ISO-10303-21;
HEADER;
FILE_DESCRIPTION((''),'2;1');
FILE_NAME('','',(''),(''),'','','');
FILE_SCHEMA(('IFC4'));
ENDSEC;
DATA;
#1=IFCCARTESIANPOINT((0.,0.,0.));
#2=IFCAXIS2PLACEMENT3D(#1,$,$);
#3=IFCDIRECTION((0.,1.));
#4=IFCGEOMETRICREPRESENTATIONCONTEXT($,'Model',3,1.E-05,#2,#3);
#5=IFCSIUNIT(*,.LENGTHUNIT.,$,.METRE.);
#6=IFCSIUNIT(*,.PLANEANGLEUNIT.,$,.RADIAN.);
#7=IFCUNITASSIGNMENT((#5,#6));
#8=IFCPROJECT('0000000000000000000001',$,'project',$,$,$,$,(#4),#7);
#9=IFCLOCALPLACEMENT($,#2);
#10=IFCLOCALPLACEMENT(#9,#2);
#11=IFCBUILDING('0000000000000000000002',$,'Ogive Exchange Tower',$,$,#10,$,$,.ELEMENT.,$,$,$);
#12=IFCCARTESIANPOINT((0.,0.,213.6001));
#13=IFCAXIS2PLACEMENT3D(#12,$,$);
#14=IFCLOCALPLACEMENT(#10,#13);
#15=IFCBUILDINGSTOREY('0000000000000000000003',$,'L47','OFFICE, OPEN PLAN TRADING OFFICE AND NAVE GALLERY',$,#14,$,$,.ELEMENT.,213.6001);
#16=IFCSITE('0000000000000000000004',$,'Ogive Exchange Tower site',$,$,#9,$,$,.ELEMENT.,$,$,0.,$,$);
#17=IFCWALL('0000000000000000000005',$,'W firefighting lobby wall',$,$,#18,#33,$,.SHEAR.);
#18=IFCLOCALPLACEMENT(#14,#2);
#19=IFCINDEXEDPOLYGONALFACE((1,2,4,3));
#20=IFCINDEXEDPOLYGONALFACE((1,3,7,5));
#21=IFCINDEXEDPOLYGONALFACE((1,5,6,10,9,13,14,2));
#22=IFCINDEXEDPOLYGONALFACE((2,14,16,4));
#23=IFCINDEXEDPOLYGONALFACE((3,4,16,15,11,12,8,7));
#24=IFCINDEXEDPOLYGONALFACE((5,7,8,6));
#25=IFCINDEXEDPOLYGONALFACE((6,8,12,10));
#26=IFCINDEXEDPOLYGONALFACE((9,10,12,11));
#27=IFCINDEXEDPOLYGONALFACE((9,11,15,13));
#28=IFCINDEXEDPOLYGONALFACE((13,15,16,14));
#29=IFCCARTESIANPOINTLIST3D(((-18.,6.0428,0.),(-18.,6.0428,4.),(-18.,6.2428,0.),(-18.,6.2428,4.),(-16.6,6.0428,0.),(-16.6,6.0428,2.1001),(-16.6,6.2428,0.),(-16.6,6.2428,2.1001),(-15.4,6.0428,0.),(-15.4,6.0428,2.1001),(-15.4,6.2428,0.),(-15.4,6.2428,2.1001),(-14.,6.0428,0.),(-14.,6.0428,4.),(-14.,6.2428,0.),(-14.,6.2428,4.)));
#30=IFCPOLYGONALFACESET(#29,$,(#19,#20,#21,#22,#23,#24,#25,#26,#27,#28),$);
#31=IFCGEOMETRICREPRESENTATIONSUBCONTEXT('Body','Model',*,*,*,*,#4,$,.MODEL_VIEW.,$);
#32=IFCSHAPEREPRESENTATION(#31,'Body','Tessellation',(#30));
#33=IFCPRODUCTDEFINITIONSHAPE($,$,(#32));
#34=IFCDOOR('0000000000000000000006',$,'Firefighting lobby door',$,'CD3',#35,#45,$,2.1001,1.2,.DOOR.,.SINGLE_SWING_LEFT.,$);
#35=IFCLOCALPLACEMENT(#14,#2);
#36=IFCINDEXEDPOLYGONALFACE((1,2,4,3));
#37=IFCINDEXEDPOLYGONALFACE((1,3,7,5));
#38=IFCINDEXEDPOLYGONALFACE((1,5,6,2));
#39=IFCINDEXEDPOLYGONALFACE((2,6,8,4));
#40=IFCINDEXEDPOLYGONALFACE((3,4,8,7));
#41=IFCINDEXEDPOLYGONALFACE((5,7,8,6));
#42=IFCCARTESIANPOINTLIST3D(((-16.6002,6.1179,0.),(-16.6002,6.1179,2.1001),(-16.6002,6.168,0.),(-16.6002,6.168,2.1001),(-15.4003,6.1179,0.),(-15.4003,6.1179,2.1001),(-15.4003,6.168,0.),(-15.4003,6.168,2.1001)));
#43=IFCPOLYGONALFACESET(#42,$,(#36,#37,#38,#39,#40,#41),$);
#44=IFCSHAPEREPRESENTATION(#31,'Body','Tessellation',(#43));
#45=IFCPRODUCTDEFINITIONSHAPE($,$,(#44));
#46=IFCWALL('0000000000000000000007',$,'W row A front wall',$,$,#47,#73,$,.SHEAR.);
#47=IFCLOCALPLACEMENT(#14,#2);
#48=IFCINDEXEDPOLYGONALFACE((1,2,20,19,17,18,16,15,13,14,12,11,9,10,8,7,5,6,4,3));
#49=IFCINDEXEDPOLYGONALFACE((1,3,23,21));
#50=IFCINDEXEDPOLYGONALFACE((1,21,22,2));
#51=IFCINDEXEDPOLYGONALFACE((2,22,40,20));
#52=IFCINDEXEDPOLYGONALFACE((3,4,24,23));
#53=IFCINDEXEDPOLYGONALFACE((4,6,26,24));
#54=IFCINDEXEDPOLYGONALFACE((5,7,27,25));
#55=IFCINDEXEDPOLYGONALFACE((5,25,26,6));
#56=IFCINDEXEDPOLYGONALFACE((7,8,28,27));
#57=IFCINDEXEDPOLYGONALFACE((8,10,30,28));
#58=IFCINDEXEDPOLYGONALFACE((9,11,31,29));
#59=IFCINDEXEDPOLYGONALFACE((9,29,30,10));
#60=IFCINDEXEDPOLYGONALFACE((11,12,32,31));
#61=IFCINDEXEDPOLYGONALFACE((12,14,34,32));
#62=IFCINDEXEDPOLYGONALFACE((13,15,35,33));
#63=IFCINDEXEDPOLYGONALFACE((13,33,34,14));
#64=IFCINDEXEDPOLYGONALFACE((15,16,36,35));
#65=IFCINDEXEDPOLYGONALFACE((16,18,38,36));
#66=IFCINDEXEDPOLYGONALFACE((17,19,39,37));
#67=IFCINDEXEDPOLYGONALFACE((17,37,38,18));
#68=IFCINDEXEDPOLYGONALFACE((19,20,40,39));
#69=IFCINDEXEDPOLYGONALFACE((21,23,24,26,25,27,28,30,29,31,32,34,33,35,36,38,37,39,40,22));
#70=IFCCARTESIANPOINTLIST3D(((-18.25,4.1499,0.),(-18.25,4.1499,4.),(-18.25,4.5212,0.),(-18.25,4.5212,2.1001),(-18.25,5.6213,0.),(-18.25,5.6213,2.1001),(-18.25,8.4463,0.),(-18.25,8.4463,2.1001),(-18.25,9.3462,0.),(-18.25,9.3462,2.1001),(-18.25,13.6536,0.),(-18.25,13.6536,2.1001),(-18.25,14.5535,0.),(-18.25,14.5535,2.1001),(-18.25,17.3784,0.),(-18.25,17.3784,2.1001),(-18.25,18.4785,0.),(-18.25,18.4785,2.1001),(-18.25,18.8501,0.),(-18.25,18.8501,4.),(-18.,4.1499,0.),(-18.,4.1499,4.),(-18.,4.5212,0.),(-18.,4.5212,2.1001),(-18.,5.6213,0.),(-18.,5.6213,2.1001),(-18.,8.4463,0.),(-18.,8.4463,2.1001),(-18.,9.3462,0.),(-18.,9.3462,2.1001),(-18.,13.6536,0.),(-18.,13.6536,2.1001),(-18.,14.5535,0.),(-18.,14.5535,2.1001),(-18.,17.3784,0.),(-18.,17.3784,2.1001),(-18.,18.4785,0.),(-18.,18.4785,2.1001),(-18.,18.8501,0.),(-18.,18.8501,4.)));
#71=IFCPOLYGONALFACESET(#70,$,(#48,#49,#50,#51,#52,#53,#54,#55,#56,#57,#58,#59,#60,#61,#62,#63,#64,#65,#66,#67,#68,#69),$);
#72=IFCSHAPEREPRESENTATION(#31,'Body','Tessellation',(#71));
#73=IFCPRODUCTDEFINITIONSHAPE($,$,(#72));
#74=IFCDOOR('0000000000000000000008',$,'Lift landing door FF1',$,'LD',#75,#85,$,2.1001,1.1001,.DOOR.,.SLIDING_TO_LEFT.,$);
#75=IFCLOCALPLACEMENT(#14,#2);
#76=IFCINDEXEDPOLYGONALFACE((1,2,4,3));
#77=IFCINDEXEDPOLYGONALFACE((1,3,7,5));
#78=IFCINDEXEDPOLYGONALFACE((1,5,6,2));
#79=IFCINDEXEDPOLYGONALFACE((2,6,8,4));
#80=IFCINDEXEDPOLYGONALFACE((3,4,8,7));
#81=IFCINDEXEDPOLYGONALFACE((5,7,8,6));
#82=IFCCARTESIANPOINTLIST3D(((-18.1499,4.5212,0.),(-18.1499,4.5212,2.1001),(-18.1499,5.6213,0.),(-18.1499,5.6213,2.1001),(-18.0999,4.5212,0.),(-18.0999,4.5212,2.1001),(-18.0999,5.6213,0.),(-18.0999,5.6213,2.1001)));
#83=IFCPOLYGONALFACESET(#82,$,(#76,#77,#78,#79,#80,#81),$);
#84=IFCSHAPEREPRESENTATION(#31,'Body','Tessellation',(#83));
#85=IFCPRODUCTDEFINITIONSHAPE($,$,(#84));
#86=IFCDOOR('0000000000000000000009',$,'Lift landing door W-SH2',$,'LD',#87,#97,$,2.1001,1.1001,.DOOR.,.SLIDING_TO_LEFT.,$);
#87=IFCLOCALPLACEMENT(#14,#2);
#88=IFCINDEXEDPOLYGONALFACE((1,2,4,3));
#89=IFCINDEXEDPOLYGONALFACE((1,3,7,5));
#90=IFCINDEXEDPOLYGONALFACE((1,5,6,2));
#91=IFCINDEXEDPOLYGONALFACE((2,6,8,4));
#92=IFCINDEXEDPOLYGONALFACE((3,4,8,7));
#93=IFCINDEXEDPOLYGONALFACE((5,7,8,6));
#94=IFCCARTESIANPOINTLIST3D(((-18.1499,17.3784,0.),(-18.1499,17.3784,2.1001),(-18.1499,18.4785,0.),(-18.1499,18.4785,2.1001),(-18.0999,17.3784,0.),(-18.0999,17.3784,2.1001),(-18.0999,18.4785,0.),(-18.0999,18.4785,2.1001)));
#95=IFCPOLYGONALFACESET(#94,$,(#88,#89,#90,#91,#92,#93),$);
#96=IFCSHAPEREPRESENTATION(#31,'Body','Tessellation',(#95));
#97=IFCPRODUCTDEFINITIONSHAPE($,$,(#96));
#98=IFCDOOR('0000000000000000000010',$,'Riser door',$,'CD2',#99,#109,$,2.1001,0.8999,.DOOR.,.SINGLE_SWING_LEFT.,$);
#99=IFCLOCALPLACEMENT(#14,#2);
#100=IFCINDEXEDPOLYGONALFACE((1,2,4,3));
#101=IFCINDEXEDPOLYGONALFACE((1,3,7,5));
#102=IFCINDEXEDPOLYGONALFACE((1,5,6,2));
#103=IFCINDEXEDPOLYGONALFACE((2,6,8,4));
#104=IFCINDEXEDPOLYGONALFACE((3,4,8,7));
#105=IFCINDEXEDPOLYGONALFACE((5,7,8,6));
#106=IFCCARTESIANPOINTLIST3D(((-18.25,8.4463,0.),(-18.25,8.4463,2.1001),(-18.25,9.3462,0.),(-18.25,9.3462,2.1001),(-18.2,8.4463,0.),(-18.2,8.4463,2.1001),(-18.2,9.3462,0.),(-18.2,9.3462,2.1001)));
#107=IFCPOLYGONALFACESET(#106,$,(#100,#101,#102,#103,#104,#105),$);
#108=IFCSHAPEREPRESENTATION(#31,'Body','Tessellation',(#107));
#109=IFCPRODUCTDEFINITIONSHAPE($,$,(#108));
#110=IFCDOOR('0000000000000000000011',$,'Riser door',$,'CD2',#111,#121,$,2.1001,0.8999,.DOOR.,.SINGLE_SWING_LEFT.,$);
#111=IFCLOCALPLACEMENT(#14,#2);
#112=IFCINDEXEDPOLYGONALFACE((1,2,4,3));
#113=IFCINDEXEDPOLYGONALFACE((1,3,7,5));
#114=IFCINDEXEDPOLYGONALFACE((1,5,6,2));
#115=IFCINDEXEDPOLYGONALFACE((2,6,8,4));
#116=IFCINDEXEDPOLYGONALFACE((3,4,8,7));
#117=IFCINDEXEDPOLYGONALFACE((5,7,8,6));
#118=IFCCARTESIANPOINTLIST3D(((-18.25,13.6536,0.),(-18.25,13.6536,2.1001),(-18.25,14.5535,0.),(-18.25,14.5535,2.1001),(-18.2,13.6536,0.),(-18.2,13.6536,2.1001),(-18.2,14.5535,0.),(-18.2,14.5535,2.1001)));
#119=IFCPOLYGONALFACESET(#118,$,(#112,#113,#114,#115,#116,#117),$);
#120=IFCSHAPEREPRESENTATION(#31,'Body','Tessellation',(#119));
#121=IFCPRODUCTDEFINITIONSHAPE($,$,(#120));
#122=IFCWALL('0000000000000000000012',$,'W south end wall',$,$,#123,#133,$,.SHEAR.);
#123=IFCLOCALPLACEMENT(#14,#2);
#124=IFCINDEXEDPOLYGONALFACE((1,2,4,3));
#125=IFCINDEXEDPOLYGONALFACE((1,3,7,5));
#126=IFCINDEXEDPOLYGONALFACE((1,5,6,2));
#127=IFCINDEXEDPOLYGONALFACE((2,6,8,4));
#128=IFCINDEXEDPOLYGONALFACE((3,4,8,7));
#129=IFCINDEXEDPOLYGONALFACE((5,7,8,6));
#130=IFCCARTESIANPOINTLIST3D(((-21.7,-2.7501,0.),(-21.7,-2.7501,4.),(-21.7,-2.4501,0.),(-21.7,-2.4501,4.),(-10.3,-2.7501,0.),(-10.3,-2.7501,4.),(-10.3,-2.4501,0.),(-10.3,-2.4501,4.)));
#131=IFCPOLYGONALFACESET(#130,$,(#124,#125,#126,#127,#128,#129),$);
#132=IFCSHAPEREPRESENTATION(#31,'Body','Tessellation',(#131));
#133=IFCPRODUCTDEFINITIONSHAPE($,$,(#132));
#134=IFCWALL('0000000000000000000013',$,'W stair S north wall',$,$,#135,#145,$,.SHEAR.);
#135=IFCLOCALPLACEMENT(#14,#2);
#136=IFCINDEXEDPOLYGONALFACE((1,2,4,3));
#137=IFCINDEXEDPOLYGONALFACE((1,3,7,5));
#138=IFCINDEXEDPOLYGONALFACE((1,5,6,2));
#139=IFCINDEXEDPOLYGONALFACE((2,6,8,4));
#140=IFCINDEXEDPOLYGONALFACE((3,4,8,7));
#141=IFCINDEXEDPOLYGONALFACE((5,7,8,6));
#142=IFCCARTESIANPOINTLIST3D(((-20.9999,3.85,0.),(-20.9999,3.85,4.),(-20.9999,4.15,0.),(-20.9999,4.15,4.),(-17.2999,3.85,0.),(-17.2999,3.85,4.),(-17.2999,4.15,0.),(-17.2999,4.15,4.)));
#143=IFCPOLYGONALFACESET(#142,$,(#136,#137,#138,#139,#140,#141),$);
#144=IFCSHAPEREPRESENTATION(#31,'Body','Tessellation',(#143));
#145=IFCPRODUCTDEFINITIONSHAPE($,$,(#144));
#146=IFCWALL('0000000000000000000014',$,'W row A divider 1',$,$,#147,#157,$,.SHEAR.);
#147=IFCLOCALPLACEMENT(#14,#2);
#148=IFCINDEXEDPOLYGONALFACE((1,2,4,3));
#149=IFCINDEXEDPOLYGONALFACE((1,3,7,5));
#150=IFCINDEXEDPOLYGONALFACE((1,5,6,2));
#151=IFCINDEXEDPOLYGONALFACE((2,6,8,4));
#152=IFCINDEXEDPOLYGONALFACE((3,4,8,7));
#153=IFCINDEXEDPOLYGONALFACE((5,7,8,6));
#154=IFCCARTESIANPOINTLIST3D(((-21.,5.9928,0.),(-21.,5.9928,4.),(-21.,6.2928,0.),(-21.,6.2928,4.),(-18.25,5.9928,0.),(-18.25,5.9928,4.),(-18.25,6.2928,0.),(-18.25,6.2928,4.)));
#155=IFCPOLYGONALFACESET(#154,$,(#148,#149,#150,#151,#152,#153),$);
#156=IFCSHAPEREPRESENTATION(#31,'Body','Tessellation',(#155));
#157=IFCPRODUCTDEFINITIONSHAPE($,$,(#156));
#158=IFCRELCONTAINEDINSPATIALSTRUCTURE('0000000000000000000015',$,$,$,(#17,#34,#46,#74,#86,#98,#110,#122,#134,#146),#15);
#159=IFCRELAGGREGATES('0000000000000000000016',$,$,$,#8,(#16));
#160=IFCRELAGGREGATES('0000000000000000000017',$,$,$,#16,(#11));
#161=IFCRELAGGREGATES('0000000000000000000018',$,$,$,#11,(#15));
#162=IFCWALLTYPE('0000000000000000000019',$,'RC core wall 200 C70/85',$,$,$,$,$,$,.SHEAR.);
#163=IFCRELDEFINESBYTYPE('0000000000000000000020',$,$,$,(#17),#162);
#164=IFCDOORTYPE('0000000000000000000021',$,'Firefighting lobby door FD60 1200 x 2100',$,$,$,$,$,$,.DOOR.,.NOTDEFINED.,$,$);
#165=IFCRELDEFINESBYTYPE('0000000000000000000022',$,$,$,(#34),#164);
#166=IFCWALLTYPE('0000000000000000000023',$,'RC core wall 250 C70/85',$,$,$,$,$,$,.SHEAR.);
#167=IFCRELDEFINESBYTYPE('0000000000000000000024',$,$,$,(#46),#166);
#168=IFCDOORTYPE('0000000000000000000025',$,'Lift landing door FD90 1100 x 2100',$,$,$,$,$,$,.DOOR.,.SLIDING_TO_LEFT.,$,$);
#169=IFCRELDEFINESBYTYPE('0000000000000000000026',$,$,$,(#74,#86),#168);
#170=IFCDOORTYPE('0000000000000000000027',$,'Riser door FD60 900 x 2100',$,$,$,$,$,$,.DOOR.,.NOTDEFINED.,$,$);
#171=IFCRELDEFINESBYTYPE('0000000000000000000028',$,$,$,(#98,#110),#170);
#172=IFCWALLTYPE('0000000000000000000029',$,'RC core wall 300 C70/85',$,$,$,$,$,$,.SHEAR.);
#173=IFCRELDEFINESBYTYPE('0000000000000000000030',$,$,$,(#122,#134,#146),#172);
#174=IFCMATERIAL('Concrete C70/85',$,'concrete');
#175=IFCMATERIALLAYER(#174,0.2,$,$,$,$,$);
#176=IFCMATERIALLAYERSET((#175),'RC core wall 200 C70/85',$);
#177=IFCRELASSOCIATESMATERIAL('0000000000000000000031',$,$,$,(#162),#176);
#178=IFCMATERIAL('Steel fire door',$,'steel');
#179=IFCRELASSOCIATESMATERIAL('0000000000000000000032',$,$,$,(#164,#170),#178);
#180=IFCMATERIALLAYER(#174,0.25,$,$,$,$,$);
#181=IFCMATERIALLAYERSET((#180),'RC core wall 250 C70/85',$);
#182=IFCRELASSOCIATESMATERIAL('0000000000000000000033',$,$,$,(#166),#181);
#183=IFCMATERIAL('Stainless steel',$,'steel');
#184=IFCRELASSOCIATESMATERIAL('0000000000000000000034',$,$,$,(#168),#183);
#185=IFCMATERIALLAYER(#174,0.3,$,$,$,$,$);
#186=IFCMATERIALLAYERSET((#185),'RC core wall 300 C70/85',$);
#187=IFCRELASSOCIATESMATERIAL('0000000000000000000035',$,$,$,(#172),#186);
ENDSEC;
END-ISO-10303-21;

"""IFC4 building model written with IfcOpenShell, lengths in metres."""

from ifc_helpers import new_model, si_unit, direction, frame, frame_2d, origin, place, context, subcontext, project, spatial, rectangle, extrude, material, layer, layer_set, type_object, element, fill, save


model = new_model("IFC4")

# Units and contexts
model_context = context("Model", 3, precision=1e-05, world=origin(), true_north=direction((0.0, 1.0)))
body_context = subcontext(model_context, "Body", "Model", "MODEL_VIEW")
ifc_project = project(units=[si_unit("LENGTHUNIT", "METRE"), si_unit("PLANEANGLEUNIT", "RADIAN")], contexts=[model_context])

# Site, building, storey
site_placement = place(None, origin())
site = spatial("IfcSite", under=ifc_project, at=site_placement, Name="Ogive Exchange Tower site", CompositionType="ELEMENT", RefElevation=0.0)
building_placement = place(site_placement, origin())
building = spatial("IfcBuilding", under=site, at=building_placement, Name="Ogive Exchange Tower", CompositionType="ELEMENT")
storey_placement = place(building_placement, frame((0.0, 0.0, 213.6001)))
storey = spatial("IfcBuildingStorey", under=building, at=storey_placement, Name="L47", Description="OFFICE, OPEN PLAN TRADING OFFICE AND NAVE GALLERY", CompositionType="ELEMENT", Elevation=213.6001)

# Wall, opening, door
ifc_material_1 = material(Name="Concrete C70/85", Category="concrete")
ifc_layer_1 = layer(ifc_material_1, 0.2)
ifc_layer_set_1 = layer_set([ifc_layer_1], Name="RC core wall 200 C70/85")
wall_type_1 = type_object("IfcWallType", Name="RC core wall 200 C70/85", PredefinedType="SHEAR", material=ifc_layer_set_1)
wall_1_placement = place(storey_placement, frame((-18.0, 6.1428, 0.0), z_axis=(0.0, 0.0, 1.0), x_axis=(1.0, 0.0, 0.0)))
wall_1 = element("IfcWall", 1, at=wall_1_placement, inside=storey, type_object=wall_type_1, Name="W firefighting lobby wall", PredefinedType="SHEAR", context=body_context, shape_type="SweptSolid", body=[
    extrude(rectangle(XDim=4.0, YDim=0.2, at=frame_2d((2.0, 0.0))), origin(), (0.0, 0.0, 1.0), 4.0),
])
opening_1_placement = place(wall_1_placement, frame((1.3999, 0.0, 0.0)))
opening_1 = element("IfcOpeningElement", 2, at=opening_1_placement, cuts=wall_1, PredefinedType="OPENING", context=body_context, shape_type="SweptSolid", body=[
    extrude(rectangle(XDim=1.2, YDim=2.1001, at=frame_2d((0.6001, 1.05))), frame((0.0, 0.1099, 0.0), z_axis=(0.0, -1.0, 0.0), x_axis=(1.0, 0.0, 0.0)), (0.0, 0.0, 1.0), 0.22),
])
ifc_material_2 = material(Name="Steel fire door", Category="steel")
door_type_1 = type_object("IfcDoorType", Name="Firefighting lobby door FD60 1200 x 2100", OperationType="NOTDEFINED", PredefinedType="DOOR", material=ifc_material_2)
door_1_placement = place(opening_1_placement, frame((1.2, 0.0, 0.0), z_axis=(0.0, 0.0, 1.0), x_axis=(-1.0, 0.0, 0.0)))
door_1 = element("IfcDoor", 3, at=door_1_placement, inside=storey, type_object=door_type_1, Name="Firefighting lobby door", ObjectType="CD3", OperationType="SINGLE_SWING_LEFT", OverallHeight=2.1001, OverallWidth=1.2, PredefinedType="DOOR", context=body_context, shape_type="SweptSolid", body=[
    extrude(rectangle(XDim=1.2, YDim=2.1001, at=frame_2d((0.6001, 1.05))), frame((0.0, 0.0249, 0.0), z_axis=(0.0, -1.0, 0.0), x_axis=(1.0, 0.0, 0.0)), (0.0, 0.0, 1.0), 0.05),
])
fill(opening_1, door_1)

# Wall, openings, doors
ifc_layer_2 = layer(ifc_material_1, 0.25)
ifc_layer_set_2 = layer_set([ifc_layer_2], Name="RC core wall 250 C70/85")
wall_type_2 = type_object("IfcWallType", Name="RC core wall 250 C70/85", PredefinedType="SHEAR", material=ifc_layer_set_2)
wall_2_placement = place(storey_placement, frame((-18.125, 4.1499, 0.0), z_axis=(0.0, 0.0, 1.0), x_axis=(0.0, 1.0, 0.0)))
wall_2 = element("IfcWall", 4, at=wall_2_placement, inside=storey, type_object=wall_type_2, Name="W row A front wall", PredefinedType="SHEAR", context=body_context, shape_type="SweptSolid", body=[
    extrude(rectangle(XDim=14.7002, YDim=0.25, at=frame_2d((7.3501, 0.0))), origin(), (0.0, 0.0, 1.0), 4.0),
])
opening_2_placement = place(wall_2_placement, frame((4.2964, 0.0, 0.0)))
opening_2 = element("IfcOpeningElement", 5, at=opening_2_placement, cuts=wall_2, PredefinedType="OPENING", context=body_context, shape_type="SweptSolid", body=[
    extrude(rectangle(XDim=0.8999, YDim=2.1001, at=frame_2d((0.45, 1.05))), frame((0.0, 0.135, 0.0), z_axis=(0.0, -1.0, 0.0), x_axis=(1.0, 0.0, 0.0)), (0.0, 0.0, 1.0), 0.27),
])
opening_3_placement = place(wall_2_placement, frame((9.5037, 0.0, 0.0)))
opening_3 = element("IfcOpeningElement", 6, at=opening_3_placement, cuts=wall_2, PredefinedType="OPENING", context=body_context, shape_type="SweptSolid", body=[
    extrude(rectangle(XDim=0.8999, YDim=2.1001, at=frame_2d((0.45, 1.05))), frame((0.0, 0.135, 0.0), z_axis=(0.0, -1.0, 0.0), x_axis=(1.0, 0.0, 0.0)), (0.0, 0.0, 1.0), 0.27),
])
opening_4_placement = place(wall_2_placement, frame((0.3713, 0.0, 0.0)))
opening_4 = element("IfcOpeningElement", 7, at=opening_4_placement, cuts=wall_2, PredefinedType="OPENING", context=body_context, shape_type="SweptSolid", body=[
    extrude(rectangle(XDim=1.1001, YDim=2.1001, at=frame_2d((0.55, 1.05))), frame((0.0, 0.135, 0.0), z_axis=(0.0, -1.0, 0.0), x_axis=(1.0, 0.0, 0.0)), (0.0, 0.0, 1.0), 0.27),
])
opening_5_placement = place(wall_2_placement, frame((13.2285, 0.0, 0.0)))
opening_5 = element("IfcOpeningElement", 8, at=opening_5_placement, cuts=wall_2, PredefinedType="OPENING", context=body_context, shape_type="SweptSolid", body=[
    extrude(rectangle(XDim=1.1001, YDim=2.1001, at=frame_2d((0.55, 1.05))), frame((0.0, 0.135, 0.0), z_axis=(0.0, -1.0, 0.0), x_axis=(1.0, 0.0, 0.0)), (0.0, 0.0, 1.0), 0.27),
])
ifc_material_3 = material(Name="Stainless steel", Category="steel")
door_type_2 = type_object("IfcDoorType", Name="Lift landing door FD90 1100 x 2100", OperationType="SLIDING_TO_LEFT", PredefinedType="DOOR", material=ifc_material_3)
door_2_placement = place(opening_4_placement, origin())
door_2 = element("IfcDoor", 9, at=door_2_placement, inside=storey, type_object=door_type_2, Name="Lift landing door FF1", ObjectType="LD", OperationType="SLIDING_TO_LEFT", OverallHeight=2.1001, OverallWidth=1.1001, PredefinedType="DOOR", context=body_context, shape_type="SweptSolid", body=[
    extrude(rectangle(XDim=1.1001, YDim=2.1001, at=frame_2d((0.55, 1.05))), frame((0.0, 0.0249, 0.0), z_axis=(0.0, -1.0, 0.0), x_axis=(1.0, 0.0, 0.0)), (0.0, 0.0, 1.0), 0.05),
])
fill(opening_4, door_2)
door_3_placement = place(opening_5_placement, origin())
door_3 = element("IfcDoor", 10, at=door_3_placement, inside=storey, type_object=door_type_2, Name="Lift landing door W-SH2", ObjectType="LD", OperationType="SLIDING_TO_LEFT", OverallHeight=2.1001, OverallWidth=1.1001, PredefinedType="DOOR", context=body_context, shape_type="SweptSolid", body=[
    extrude(rectangle(XDim=1.1001, YDim=2.1001, at=frame_2d((0.55, 1.05))), frame((0.0, 0.0249, 0.0), z_axis=(0.0, -1.0, 0.0), x_axis=(1.0, 0.0, 0.0)), (0.0, 0.0, 1.0), 0.05),
])
fill(opening_5, door_3)
door_type_3 = type_object("IfcDoorType", Name="Riser door FD60 900 x 2100", OperationType="NOTDEFINED", PredefinedType="DOOR", material=ifc_material_2)
door_4_placement = place(opening_2_placement, origin())
door_4 = element("IfcDoor", 11, at=door_4_placement, inside=storey, type_object=door_type_3, Name="Riser door", ObjectType="CD2", OperationType="SINGLE_SWING_LEFT", OverallHeight=2.1001, OverallWidth=0.8999, PredefinedType="DOOR", context=body_context, shape_type="SweptSolid", body=[
    extrude(rectangle(XDim=0.8999, YDim=2.1001, at=frame_2d((0.45, 1.05))), frame((0.0, 0.125, 0.0), z_axis=(0.0, -1.0, 0.0), x_axis=(1.0, 0.0, 0.0)), (0.0, 0.0, 1.0), 0.05),
])
fill(opening_2, door_4)
door_5_placement = place(opening_3_placement, origin())
door_5 = element("IfcDoor", 12, at=door_5_placement, inside=storey, type_object=door_type_3, Name="Riser door", ObjectType="CD2", OperationType="SINGLE_SWING_LEFT", OverallHeight=2.1001, OverallWidth=0.8999, PredefinedType="DOOR", context=body_context, shape_type="SweptSolid", body=[
    extrude(rectangle(XDim=0.8999, YDim=2.1001, at=frame_2d((0.45, 1.05))), frame((0.0, 0.125, 0.0), z_axis=(0.0, -1.0, 0.0), x_axis=(1.0, 0.0, 0.0)), (0.0, 0.0, 1.0), 0.05),
])
fill(opening_3, door_5)

# Walls
ifc_layer_3 = layer(ifc_material_1, 0.3)
ifc_layer_set_3 = layer_set([ifc_layer_3], Name="RC core wall 300 C70/85")
wall_type_3 = type_object("IfcWallType", Name="RC core wall 300 C70/85", PredefinedType="SHEAR", material=ifc_layer_set_3)
wall_3_placement = place(storey_placement, frame((-21.7, -2.6001, 0.0), z_axis=(0.0, 0.0, 1.0), x_axis=(1.0, 0.0, 0.0)))
element("IfcWall", 13, at=wall_3_placement, inside=storey, type_object=wall_type_3, Name="W south end wall", PredefinedType="SHEAR", context=body_context, shape_type="SweptSolid", body=[
    extrude(rectangle(XDim=11.3999, YDim=0.3, at=frame_2d((5.7, 0.0))), origin(), (0.0, 0.0, 1.0), 4.0),
])
wall_4_placement = place(storey_placement, frame((-21.0, 4.0, 0.0), z_axis=(0.0, 0.0, 1.0), x_axis=(1.0, 0.0, 0.0)))
element("IfcWall", 14, at=wall_4_placement, inside=storey, type_object=wall_type_3, Name="W stair S north wall", PredefinedType="SHEAR", context=body_context, shape_type="SweptSolid", body=[
    extrude(rectangle(XDim=3.7, YDim=0.3, at=frame_2d((1.8501, 0.0))), origin(), (0.0, 0.0, 1.0), 4.0),
])
wall_5_placement = place(storey_placement, frame((-21.0, 6.1428, 0.0), z_axis=(0.0, 0.0, 1.0), x_axis=(1.0, 0.0, 0.0)))
element("IfcWall", 15, at=wall_5_placement, inside=storey, type_object=wall_type_3, Name="W row A divider 1", PredefinedType="SHEAR", context=body_context, shape_type="SweptSolid", body=[
    extrude(rectangle(XDim=2.75, YDim=0.3, at=frame_2d((1.375, 0.0))), origin(), (0.0, 0.0, 1.0), 4.0),
])

save(model, "model.ifc")
